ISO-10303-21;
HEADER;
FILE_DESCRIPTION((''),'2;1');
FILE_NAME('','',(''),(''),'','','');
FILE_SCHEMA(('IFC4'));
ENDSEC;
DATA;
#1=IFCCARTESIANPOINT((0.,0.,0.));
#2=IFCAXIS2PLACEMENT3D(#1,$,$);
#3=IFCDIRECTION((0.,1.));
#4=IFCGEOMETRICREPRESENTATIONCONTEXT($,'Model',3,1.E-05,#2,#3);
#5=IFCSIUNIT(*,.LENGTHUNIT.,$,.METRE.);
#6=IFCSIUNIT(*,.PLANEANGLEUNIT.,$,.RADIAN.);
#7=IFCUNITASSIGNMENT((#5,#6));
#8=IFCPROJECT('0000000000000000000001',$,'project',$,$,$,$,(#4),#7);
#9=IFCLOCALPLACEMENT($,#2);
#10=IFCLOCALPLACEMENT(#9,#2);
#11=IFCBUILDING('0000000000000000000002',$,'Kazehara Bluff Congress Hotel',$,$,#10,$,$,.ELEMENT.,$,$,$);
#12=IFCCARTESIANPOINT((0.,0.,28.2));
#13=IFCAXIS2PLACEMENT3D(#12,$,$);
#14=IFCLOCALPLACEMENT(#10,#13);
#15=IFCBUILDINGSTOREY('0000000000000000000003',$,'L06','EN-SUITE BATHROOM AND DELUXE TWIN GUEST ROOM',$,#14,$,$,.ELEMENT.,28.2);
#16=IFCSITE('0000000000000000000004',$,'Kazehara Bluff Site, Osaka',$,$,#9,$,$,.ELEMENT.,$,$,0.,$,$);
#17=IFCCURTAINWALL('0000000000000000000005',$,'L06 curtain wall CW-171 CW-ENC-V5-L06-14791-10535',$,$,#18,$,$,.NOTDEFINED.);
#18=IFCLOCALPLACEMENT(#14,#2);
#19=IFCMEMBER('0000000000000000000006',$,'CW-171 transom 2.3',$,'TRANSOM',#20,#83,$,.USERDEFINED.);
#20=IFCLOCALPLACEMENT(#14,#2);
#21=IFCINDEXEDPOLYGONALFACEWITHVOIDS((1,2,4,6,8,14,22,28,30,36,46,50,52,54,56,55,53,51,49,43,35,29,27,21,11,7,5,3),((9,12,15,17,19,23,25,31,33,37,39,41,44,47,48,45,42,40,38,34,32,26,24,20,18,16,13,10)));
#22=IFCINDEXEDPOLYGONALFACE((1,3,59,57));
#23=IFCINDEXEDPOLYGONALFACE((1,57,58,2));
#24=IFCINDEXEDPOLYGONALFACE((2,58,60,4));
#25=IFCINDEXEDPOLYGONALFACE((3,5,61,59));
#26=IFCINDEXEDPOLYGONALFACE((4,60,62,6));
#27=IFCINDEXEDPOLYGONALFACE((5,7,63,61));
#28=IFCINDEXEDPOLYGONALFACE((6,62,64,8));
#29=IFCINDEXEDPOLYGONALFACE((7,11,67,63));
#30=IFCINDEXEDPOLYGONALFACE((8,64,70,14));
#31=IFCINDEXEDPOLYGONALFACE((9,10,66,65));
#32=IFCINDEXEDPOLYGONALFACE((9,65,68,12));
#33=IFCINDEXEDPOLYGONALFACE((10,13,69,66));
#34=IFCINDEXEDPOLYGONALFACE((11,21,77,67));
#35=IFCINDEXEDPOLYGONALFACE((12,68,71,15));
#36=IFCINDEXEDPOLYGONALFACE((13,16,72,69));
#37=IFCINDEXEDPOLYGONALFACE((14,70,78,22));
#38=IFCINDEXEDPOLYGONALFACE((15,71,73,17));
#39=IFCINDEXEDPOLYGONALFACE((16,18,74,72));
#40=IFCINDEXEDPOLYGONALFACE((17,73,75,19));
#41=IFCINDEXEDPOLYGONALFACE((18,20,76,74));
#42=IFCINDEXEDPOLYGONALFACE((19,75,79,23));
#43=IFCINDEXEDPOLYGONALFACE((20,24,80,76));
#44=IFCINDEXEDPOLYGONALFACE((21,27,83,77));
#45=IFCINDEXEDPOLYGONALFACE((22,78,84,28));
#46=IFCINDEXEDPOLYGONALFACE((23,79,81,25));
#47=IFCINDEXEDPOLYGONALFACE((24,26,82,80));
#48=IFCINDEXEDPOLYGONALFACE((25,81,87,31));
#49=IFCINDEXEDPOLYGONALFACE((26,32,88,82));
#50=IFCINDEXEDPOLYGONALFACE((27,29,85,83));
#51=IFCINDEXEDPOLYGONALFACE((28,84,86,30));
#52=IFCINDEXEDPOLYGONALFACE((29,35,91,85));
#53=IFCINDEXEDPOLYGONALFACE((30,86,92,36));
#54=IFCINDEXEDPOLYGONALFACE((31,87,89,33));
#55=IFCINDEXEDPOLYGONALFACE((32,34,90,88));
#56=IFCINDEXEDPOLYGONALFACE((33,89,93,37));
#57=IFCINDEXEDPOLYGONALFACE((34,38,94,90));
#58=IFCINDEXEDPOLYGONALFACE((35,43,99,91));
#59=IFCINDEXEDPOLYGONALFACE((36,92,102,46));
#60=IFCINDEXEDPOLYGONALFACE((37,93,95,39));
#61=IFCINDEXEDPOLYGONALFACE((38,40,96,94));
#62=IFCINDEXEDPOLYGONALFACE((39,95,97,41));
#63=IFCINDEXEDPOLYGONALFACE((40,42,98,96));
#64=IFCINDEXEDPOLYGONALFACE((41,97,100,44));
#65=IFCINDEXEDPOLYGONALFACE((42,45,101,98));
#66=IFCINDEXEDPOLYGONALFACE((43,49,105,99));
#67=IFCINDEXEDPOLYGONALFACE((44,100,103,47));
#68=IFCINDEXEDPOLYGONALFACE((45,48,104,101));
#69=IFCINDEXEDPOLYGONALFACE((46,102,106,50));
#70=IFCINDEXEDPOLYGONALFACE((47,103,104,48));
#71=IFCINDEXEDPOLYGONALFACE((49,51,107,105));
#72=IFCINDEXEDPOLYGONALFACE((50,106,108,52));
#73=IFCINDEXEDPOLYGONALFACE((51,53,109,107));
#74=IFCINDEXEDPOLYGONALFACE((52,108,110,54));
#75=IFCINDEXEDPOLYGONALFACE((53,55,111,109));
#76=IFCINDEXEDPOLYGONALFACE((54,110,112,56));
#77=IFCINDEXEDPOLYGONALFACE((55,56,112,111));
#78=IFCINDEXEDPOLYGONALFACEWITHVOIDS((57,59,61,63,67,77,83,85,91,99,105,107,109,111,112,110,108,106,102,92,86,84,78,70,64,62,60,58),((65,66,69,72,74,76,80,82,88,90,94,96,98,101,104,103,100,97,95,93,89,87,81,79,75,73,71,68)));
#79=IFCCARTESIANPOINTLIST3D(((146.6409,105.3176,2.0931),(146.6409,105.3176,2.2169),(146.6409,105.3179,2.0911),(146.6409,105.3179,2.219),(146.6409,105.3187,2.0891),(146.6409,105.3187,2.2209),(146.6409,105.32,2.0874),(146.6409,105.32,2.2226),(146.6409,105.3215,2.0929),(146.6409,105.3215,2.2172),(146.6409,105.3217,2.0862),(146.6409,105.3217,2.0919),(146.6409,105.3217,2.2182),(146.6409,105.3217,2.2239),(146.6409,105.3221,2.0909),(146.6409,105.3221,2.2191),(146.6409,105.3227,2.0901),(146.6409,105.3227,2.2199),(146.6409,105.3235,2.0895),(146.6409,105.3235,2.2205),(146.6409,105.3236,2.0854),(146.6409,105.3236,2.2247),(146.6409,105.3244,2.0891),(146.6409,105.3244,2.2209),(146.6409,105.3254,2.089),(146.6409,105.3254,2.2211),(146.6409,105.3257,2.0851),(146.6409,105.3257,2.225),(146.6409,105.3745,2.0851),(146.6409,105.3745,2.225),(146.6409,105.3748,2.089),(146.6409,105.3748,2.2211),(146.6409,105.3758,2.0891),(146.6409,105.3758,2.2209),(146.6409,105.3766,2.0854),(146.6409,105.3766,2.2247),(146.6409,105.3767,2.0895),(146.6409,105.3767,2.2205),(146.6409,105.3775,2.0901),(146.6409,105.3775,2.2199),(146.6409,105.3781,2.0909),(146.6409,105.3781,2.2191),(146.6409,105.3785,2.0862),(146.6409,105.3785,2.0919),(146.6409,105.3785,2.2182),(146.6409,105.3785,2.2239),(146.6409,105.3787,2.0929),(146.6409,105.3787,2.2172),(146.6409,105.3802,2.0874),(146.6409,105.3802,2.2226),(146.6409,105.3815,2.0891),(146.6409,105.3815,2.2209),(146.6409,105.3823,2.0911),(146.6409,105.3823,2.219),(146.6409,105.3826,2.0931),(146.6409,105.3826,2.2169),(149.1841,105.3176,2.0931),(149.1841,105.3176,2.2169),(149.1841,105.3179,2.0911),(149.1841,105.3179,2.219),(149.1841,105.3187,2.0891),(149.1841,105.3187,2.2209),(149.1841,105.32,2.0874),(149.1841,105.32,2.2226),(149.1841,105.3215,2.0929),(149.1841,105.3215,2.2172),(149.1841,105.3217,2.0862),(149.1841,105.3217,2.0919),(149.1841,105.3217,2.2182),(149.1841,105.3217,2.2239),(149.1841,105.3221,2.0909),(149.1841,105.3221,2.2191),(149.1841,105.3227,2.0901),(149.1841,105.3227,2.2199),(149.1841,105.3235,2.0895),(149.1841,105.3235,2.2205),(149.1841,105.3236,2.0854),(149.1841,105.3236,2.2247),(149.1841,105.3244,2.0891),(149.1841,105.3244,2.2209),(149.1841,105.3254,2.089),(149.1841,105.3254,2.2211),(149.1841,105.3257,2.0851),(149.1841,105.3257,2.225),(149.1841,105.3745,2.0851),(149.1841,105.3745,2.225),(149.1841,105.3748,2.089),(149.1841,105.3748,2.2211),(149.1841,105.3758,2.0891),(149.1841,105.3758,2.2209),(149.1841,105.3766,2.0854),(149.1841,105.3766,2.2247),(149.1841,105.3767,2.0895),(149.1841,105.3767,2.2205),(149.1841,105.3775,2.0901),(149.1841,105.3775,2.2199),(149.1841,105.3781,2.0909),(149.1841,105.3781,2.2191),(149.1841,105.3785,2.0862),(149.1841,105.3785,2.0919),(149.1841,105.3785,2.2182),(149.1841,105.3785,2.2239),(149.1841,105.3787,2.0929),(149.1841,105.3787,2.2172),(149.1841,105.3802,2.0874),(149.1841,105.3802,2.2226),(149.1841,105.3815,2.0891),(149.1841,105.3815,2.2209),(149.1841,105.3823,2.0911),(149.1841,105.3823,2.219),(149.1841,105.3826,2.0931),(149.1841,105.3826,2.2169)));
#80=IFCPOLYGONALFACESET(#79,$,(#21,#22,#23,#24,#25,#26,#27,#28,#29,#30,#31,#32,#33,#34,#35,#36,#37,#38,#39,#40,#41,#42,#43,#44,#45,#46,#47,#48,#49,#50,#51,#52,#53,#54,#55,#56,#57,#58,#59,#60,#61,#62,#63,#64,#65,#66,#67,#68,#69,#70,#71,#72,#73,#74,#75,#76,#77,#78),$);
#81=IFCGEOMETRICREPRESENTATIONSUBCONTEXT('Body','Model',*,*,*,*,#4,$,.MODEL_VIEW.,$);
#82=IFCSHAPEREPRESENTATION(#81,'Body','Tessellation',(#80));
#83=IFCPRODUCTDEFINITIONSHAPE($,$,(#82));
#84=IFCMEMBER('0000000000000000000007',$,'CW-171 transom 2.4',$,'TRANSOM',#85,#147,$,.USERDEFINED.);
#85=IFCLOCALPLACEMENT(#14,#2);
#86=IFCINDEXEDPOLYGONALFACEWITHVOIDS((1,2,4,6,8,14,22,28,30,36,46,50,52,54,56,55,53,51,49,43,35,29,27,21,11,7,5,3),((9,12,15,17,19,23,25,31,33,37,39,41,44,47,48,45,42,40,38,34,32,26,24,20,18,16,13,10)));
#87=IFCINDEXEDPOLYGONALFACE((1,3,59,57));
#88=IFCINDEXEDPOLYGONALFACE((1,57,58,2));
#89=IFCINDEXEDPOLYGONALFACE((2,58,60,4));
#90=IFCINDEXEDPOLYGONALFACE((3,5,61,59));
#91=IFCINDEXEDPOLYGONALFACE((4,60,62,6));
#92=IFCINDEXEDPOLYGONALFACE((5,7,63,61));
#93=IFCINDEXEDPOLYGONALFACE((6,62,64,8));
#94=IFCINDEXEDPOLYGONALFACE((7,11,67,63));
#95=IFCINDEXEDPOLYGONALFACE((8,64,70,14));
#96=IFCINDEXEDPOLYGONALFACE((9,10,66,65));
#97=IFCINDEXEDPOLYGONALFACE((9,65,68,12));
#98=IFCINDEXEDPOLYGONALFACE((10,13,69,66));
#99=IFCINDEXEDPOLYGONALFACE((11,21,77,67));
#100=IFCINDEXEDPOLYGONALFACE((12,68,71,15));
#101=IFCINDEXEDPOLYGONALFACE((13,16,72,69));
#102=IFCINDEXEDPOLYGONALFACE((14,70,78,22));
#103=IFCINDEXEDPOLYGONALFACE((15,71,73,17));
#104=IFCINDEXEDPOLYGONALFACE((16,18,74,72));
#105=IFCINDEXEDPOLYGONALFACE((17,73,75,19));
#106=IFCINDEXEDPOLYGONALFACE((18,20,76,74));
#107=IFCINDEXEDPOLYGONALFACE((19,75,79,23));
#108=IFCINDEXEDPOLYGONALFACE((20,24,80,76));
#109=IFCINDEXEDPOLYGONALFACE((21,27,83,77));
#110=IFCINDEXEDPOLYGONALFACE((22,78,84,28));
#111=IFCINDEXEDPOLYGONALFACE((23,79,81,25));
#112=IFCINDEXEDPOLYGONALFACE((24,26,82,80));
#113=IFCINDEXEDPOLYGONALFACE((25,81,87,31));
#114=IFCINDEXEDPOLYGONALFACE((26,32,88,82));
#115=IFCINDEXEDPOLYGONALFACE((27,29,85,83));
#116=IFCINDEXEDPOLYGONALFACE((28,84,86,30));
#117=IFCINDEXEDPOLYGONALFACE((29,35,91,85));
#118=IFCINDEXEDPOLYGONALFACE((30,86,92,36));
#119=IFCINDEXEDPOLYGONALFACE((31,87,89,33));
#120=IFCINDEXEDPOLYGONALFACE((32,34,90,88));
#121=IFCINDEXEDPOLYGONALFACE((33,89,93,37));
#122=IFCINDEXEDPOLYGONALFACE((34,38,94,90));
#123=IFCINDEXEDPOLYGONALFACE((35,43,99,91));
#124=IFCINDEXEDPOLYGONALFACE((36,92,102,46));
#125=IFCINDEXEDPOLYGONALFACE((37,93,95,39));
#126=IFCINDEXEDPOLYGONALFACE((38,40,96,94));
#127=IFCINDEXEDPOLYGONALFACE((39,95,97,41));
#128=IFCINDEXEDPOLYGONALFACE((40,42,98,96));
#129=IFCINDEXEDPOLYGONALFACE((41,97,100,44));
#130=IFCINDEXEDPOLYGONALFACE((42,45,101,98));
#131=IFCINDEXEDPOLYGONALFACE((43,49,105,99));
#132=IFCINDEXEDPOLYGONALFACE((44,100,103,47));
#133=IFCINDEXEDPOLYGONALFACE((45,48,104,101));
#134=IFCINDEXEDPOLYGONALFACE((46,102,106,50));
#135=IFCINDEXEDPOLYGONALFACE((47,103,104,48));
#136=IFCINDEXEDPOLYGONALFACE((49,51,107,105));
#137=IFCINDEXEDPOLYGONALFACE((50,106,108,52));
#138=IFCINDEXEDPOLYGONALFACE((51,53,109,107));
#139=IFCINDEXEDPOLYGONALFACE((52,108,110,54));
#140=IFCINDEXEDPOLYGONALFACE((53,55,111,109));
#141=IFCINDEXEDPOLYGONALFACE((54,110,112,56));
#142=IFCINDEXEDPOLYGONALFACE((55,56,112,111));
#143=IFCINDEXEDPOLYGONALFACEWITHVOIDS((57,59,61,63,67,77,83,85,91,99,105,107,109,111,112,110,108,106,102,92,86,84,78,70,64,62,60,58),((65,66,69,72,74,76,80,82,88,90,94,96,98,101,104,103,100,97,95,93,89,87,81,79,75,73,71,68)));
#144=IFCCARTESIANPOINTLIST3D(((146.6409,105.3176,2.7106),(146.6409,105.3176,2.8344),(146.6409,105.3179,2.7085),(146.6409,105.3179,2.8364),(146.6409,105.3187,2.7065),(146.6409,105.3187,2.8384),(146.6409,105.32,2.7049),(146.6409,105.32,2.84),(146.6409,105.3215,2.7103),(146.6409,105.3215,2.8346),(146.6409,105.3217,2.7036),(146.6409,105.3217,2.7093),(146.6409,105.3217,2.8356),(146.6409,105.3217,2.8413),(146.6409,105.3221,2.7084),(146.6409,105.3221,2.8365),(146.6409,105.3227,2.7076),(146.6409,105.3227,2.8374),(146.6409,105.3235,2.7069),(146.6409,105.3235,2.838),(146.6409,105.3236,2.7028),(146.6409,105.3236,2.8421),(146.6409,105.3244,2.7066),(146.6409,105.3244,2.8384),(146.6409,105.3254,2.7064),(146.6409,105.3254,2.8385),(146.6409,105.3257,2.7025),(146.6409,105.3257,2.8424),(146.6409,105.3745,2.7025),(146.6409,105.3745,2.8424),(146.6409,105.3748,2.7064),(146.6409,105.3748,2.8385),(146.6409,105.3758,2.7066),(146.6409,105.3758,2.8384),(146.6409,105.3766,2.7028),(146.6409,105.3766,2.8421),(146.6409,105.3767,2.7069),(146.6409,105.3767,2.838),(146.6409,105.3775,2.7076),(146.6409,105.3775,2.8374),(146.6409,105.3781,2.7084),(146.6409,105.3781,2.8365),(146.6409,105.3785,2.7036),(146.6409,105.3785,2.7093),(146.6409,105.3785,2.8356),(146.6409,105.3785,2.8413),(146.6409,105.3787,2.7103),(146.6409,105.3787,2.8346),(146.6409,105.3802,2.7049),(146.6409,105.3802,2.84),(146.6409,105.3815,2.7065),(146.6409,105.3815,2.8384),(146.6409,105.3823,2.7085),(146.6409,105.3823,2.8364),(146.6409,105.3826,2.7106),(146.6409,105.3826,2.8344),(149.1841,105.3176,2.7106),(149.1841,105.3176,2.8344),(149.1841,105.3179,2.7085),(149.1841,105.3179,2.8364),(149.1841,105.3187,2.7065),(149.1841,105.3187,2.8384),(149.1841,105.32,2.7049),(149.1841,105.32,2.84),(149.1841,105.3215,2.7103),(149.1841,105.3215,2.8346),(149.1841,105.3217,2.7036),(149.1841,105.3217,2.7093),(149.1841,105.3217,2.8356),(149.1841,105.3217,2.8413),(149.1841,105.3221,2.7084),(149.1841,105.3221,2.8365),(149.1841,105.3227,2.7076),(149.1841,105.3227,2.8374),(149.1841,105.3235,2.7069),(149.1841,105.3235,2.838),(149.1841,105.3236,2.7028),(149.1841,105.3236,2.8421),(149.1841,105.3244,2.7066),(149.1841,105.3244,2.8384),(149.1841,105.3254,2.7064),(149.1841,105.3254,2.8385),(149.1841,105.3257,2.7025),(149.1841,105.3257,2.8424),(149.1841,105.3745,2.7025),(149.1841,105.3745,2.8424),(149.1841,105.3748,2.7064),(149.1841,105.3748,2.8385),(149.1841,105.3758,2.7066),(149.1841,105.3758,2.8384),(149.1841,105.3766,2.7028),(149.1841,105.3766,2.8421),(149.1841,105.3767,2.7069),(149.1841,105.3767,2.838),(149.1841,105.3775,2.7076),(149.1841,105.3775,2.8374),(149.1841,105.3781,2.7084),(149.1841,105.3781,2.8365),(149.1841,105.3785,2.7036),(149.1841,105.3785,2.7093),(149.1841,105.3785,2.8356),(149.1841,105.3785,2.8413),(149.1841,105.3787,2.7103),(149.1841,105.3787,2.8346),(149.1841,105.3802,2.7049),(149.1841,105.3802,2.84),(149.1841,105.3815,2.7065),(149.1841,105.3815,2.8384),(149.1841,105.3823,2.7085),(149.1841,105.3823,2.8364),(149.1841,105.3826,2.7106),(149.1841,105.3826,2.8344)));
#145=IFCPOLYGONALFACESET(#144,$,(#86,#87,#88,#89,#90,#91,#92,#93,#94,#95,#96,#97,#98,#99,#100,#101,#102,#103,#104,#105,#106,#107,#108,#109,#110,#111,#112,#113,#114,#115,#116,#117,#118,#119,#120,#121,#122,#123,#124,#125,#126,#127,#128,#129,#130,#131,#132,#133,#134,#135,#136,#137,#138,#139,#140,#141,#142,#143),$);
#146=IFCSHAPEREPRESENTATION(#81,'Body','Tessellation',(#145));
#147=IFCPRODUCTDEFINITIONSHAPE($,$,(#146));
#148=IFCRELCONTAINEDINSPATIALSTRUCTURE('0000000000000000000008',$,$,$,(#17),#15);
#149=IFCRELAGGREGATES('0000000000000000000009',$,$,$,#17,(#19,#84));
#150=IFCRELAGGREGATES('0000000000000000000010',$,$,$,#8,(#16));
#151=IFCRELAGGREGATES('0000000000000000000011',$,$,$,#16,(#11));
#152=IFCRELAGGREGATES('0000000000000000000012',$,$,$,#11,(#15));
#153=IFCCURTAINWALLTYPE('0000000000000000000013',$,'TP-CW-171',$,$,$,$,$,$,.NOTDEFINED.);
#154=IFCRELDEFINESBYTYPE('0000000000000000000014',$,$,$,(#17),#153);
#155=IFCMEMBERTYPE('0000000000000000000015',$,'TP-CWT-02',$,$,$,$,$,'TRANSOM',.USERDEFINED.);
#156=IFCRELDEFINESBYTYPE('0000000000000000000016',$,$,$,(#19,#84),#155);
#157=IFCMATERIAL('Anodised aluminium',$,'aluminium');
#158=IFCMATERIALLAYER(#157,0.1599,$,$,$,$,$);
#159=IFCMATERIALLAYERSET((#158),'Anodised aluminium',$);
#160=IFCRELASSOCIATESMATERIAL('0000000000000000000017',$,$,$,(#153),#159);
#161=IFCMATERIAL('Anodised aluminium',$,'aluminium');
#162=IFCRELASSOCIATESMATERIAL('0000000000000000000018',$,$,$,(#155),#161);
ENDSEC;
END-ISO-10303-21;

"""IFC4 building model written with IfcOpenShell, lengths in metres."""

from ifc_helpers import new_model, si_unit, direction, frame, origin, origin_2d, place, context, subcontext, project, spatial, hollow_rectangle, extrude, material, layer, layer_set, material_profile, profile_set, type_object, element, aggregate, save


model = new_model("IFC4")

# Units and contexts
model_context = context("Model", 3, precision=1e-05, world=origin(), true_north=direction((0.0, 1.0)))
body_context = subcontext(model_context, "Body", "Model", "MODEL_VIEW")
ifc_project = project(units=[si_unit("LENGTHUNIT", "METRE"), si_unit("PLANEANGLEUNIT", "RADIAN")], contexts=[model_context])

# Site, building, storey
site_placement = place(None, origin())
site = spatial("IfcSite", under=ifc_project, at=site_placement, Name="Kazehara Bluff Site, Osaka", CompositionType="ELEMENT", RefElevation=0.0)
building_placement = place(site_placement, origin())
building = spatial("IfcBuilding", under=site, at=building_placement, Name="Kazehara Bluff Congress Hotel", CompositionType="ELEMENT")
storey_placement = place(building_placement, frame((0.0, 0.0, 28.2)))
storey = spatial("IfcBuildingStorey", under=building, at=storey_placement, Name="L06", Description="EN-SUITE BATHROOM AND DELUXE TWIN GUEST ROOM", CompositionType="ELEMENT", Elevation=28.2)

# Curtain wall, members
ifc_material_1 = material(Name="Anodised aluminium", Category="aluminium")
ifc_layer_1 = layer(ifc_material_1, 0.1599)
ifc_layer_set_1 = layer_set([ifc_layer_1], Name="Anodised aluminium")
curtain_wall_type = type_object("IfcCurtainWallType", Name="TP-CW-171", PredefinedType="NOTDEFINED", material=ifc_layer_set_1)
curtain_wall_placement = place(storey_placement, origin())
curtain_wall = element("IfcCurtainWall", 1, at=curtain_wall_placement, inside=storey, type_object=curtain_wall_type, Name="L06 curtain wall CW-171 CW-ENC-V5-L06-14791-10535", PredefinedType="NOTDEFINED")
ifc_material_2 = material(Name="Anodised aluminium", Category="aluminium")
ifc_material_profile_1 = material_profile(ifc_material_2, hollow_rectangle(XDim=0.0649, YDim=0.1399, WallThickness=0.0039, InnerFilletRadius=0.0039, OuterFilletRadius=0.0081, at=origin_2d()))
ifc_profile_set_1 = profile_set([ifc_material_profile_1], Name="Anodised aluminium")
member_type_1 = type_object("IfcMemberType", Name="TP-CWT-02", ElementType="TRANSOM", PredefinedType="USERDEFINED", material=ifc_profile_set_1)
member_1_placement = place(storey_placement, frame((146.6409, 105.3501, 2.155), z_axis=(1.0, 0.0, 0.0), x_axis=(0.0, 1.0, 0.0)))
member_1 = element("IfcMember", 2, at=member_1_placement, type_object=member_type_1, Name="CW-171 transom 2.3", ObjectType="TRANSOM", PredefinedType="USERDEFINED", context=body_context, shape_type="SweptSolid", body=[
    extrude(hollow_rectangle(XDim=0.0649, YDim=0.1399, WallThickness=0.0039, InnerFilletRadius=0.0039, OuterFilletRadius=0.0081, at=origin_2d()), origin(), (0.0, 0.0, 1.0), 2.5432),
])
member_2_placement = place(storey_placement, frame((146.6409, 105.3501, 2.7725), z_axis=(1.0, 0.0, 0.0), x_axis=(0.0, 1.0, 0.0)))
member_2 = element("IfcMember", 3, at=member_2_placement, type_object=member_type_1, Name="CW-171 transom 2.4", ObjectType="TRANSOM", PredefinedType="USERDEFINED", context=body_context, shape_type="SweptSolid", body=[
    extrude(hollow_rectangle(XDim=0.0649, YDim=0.1399, WallThickness=0.0039, InnerFilletRadius=0.0039, OuterFilletRadius=0.0081, at=origin_2d()), origin(), (0.0, 0.0, 1.0), 2.5432),
])

aggregate(curtain_wall, [member_1, member_2])

save(model, "model.ifc")
